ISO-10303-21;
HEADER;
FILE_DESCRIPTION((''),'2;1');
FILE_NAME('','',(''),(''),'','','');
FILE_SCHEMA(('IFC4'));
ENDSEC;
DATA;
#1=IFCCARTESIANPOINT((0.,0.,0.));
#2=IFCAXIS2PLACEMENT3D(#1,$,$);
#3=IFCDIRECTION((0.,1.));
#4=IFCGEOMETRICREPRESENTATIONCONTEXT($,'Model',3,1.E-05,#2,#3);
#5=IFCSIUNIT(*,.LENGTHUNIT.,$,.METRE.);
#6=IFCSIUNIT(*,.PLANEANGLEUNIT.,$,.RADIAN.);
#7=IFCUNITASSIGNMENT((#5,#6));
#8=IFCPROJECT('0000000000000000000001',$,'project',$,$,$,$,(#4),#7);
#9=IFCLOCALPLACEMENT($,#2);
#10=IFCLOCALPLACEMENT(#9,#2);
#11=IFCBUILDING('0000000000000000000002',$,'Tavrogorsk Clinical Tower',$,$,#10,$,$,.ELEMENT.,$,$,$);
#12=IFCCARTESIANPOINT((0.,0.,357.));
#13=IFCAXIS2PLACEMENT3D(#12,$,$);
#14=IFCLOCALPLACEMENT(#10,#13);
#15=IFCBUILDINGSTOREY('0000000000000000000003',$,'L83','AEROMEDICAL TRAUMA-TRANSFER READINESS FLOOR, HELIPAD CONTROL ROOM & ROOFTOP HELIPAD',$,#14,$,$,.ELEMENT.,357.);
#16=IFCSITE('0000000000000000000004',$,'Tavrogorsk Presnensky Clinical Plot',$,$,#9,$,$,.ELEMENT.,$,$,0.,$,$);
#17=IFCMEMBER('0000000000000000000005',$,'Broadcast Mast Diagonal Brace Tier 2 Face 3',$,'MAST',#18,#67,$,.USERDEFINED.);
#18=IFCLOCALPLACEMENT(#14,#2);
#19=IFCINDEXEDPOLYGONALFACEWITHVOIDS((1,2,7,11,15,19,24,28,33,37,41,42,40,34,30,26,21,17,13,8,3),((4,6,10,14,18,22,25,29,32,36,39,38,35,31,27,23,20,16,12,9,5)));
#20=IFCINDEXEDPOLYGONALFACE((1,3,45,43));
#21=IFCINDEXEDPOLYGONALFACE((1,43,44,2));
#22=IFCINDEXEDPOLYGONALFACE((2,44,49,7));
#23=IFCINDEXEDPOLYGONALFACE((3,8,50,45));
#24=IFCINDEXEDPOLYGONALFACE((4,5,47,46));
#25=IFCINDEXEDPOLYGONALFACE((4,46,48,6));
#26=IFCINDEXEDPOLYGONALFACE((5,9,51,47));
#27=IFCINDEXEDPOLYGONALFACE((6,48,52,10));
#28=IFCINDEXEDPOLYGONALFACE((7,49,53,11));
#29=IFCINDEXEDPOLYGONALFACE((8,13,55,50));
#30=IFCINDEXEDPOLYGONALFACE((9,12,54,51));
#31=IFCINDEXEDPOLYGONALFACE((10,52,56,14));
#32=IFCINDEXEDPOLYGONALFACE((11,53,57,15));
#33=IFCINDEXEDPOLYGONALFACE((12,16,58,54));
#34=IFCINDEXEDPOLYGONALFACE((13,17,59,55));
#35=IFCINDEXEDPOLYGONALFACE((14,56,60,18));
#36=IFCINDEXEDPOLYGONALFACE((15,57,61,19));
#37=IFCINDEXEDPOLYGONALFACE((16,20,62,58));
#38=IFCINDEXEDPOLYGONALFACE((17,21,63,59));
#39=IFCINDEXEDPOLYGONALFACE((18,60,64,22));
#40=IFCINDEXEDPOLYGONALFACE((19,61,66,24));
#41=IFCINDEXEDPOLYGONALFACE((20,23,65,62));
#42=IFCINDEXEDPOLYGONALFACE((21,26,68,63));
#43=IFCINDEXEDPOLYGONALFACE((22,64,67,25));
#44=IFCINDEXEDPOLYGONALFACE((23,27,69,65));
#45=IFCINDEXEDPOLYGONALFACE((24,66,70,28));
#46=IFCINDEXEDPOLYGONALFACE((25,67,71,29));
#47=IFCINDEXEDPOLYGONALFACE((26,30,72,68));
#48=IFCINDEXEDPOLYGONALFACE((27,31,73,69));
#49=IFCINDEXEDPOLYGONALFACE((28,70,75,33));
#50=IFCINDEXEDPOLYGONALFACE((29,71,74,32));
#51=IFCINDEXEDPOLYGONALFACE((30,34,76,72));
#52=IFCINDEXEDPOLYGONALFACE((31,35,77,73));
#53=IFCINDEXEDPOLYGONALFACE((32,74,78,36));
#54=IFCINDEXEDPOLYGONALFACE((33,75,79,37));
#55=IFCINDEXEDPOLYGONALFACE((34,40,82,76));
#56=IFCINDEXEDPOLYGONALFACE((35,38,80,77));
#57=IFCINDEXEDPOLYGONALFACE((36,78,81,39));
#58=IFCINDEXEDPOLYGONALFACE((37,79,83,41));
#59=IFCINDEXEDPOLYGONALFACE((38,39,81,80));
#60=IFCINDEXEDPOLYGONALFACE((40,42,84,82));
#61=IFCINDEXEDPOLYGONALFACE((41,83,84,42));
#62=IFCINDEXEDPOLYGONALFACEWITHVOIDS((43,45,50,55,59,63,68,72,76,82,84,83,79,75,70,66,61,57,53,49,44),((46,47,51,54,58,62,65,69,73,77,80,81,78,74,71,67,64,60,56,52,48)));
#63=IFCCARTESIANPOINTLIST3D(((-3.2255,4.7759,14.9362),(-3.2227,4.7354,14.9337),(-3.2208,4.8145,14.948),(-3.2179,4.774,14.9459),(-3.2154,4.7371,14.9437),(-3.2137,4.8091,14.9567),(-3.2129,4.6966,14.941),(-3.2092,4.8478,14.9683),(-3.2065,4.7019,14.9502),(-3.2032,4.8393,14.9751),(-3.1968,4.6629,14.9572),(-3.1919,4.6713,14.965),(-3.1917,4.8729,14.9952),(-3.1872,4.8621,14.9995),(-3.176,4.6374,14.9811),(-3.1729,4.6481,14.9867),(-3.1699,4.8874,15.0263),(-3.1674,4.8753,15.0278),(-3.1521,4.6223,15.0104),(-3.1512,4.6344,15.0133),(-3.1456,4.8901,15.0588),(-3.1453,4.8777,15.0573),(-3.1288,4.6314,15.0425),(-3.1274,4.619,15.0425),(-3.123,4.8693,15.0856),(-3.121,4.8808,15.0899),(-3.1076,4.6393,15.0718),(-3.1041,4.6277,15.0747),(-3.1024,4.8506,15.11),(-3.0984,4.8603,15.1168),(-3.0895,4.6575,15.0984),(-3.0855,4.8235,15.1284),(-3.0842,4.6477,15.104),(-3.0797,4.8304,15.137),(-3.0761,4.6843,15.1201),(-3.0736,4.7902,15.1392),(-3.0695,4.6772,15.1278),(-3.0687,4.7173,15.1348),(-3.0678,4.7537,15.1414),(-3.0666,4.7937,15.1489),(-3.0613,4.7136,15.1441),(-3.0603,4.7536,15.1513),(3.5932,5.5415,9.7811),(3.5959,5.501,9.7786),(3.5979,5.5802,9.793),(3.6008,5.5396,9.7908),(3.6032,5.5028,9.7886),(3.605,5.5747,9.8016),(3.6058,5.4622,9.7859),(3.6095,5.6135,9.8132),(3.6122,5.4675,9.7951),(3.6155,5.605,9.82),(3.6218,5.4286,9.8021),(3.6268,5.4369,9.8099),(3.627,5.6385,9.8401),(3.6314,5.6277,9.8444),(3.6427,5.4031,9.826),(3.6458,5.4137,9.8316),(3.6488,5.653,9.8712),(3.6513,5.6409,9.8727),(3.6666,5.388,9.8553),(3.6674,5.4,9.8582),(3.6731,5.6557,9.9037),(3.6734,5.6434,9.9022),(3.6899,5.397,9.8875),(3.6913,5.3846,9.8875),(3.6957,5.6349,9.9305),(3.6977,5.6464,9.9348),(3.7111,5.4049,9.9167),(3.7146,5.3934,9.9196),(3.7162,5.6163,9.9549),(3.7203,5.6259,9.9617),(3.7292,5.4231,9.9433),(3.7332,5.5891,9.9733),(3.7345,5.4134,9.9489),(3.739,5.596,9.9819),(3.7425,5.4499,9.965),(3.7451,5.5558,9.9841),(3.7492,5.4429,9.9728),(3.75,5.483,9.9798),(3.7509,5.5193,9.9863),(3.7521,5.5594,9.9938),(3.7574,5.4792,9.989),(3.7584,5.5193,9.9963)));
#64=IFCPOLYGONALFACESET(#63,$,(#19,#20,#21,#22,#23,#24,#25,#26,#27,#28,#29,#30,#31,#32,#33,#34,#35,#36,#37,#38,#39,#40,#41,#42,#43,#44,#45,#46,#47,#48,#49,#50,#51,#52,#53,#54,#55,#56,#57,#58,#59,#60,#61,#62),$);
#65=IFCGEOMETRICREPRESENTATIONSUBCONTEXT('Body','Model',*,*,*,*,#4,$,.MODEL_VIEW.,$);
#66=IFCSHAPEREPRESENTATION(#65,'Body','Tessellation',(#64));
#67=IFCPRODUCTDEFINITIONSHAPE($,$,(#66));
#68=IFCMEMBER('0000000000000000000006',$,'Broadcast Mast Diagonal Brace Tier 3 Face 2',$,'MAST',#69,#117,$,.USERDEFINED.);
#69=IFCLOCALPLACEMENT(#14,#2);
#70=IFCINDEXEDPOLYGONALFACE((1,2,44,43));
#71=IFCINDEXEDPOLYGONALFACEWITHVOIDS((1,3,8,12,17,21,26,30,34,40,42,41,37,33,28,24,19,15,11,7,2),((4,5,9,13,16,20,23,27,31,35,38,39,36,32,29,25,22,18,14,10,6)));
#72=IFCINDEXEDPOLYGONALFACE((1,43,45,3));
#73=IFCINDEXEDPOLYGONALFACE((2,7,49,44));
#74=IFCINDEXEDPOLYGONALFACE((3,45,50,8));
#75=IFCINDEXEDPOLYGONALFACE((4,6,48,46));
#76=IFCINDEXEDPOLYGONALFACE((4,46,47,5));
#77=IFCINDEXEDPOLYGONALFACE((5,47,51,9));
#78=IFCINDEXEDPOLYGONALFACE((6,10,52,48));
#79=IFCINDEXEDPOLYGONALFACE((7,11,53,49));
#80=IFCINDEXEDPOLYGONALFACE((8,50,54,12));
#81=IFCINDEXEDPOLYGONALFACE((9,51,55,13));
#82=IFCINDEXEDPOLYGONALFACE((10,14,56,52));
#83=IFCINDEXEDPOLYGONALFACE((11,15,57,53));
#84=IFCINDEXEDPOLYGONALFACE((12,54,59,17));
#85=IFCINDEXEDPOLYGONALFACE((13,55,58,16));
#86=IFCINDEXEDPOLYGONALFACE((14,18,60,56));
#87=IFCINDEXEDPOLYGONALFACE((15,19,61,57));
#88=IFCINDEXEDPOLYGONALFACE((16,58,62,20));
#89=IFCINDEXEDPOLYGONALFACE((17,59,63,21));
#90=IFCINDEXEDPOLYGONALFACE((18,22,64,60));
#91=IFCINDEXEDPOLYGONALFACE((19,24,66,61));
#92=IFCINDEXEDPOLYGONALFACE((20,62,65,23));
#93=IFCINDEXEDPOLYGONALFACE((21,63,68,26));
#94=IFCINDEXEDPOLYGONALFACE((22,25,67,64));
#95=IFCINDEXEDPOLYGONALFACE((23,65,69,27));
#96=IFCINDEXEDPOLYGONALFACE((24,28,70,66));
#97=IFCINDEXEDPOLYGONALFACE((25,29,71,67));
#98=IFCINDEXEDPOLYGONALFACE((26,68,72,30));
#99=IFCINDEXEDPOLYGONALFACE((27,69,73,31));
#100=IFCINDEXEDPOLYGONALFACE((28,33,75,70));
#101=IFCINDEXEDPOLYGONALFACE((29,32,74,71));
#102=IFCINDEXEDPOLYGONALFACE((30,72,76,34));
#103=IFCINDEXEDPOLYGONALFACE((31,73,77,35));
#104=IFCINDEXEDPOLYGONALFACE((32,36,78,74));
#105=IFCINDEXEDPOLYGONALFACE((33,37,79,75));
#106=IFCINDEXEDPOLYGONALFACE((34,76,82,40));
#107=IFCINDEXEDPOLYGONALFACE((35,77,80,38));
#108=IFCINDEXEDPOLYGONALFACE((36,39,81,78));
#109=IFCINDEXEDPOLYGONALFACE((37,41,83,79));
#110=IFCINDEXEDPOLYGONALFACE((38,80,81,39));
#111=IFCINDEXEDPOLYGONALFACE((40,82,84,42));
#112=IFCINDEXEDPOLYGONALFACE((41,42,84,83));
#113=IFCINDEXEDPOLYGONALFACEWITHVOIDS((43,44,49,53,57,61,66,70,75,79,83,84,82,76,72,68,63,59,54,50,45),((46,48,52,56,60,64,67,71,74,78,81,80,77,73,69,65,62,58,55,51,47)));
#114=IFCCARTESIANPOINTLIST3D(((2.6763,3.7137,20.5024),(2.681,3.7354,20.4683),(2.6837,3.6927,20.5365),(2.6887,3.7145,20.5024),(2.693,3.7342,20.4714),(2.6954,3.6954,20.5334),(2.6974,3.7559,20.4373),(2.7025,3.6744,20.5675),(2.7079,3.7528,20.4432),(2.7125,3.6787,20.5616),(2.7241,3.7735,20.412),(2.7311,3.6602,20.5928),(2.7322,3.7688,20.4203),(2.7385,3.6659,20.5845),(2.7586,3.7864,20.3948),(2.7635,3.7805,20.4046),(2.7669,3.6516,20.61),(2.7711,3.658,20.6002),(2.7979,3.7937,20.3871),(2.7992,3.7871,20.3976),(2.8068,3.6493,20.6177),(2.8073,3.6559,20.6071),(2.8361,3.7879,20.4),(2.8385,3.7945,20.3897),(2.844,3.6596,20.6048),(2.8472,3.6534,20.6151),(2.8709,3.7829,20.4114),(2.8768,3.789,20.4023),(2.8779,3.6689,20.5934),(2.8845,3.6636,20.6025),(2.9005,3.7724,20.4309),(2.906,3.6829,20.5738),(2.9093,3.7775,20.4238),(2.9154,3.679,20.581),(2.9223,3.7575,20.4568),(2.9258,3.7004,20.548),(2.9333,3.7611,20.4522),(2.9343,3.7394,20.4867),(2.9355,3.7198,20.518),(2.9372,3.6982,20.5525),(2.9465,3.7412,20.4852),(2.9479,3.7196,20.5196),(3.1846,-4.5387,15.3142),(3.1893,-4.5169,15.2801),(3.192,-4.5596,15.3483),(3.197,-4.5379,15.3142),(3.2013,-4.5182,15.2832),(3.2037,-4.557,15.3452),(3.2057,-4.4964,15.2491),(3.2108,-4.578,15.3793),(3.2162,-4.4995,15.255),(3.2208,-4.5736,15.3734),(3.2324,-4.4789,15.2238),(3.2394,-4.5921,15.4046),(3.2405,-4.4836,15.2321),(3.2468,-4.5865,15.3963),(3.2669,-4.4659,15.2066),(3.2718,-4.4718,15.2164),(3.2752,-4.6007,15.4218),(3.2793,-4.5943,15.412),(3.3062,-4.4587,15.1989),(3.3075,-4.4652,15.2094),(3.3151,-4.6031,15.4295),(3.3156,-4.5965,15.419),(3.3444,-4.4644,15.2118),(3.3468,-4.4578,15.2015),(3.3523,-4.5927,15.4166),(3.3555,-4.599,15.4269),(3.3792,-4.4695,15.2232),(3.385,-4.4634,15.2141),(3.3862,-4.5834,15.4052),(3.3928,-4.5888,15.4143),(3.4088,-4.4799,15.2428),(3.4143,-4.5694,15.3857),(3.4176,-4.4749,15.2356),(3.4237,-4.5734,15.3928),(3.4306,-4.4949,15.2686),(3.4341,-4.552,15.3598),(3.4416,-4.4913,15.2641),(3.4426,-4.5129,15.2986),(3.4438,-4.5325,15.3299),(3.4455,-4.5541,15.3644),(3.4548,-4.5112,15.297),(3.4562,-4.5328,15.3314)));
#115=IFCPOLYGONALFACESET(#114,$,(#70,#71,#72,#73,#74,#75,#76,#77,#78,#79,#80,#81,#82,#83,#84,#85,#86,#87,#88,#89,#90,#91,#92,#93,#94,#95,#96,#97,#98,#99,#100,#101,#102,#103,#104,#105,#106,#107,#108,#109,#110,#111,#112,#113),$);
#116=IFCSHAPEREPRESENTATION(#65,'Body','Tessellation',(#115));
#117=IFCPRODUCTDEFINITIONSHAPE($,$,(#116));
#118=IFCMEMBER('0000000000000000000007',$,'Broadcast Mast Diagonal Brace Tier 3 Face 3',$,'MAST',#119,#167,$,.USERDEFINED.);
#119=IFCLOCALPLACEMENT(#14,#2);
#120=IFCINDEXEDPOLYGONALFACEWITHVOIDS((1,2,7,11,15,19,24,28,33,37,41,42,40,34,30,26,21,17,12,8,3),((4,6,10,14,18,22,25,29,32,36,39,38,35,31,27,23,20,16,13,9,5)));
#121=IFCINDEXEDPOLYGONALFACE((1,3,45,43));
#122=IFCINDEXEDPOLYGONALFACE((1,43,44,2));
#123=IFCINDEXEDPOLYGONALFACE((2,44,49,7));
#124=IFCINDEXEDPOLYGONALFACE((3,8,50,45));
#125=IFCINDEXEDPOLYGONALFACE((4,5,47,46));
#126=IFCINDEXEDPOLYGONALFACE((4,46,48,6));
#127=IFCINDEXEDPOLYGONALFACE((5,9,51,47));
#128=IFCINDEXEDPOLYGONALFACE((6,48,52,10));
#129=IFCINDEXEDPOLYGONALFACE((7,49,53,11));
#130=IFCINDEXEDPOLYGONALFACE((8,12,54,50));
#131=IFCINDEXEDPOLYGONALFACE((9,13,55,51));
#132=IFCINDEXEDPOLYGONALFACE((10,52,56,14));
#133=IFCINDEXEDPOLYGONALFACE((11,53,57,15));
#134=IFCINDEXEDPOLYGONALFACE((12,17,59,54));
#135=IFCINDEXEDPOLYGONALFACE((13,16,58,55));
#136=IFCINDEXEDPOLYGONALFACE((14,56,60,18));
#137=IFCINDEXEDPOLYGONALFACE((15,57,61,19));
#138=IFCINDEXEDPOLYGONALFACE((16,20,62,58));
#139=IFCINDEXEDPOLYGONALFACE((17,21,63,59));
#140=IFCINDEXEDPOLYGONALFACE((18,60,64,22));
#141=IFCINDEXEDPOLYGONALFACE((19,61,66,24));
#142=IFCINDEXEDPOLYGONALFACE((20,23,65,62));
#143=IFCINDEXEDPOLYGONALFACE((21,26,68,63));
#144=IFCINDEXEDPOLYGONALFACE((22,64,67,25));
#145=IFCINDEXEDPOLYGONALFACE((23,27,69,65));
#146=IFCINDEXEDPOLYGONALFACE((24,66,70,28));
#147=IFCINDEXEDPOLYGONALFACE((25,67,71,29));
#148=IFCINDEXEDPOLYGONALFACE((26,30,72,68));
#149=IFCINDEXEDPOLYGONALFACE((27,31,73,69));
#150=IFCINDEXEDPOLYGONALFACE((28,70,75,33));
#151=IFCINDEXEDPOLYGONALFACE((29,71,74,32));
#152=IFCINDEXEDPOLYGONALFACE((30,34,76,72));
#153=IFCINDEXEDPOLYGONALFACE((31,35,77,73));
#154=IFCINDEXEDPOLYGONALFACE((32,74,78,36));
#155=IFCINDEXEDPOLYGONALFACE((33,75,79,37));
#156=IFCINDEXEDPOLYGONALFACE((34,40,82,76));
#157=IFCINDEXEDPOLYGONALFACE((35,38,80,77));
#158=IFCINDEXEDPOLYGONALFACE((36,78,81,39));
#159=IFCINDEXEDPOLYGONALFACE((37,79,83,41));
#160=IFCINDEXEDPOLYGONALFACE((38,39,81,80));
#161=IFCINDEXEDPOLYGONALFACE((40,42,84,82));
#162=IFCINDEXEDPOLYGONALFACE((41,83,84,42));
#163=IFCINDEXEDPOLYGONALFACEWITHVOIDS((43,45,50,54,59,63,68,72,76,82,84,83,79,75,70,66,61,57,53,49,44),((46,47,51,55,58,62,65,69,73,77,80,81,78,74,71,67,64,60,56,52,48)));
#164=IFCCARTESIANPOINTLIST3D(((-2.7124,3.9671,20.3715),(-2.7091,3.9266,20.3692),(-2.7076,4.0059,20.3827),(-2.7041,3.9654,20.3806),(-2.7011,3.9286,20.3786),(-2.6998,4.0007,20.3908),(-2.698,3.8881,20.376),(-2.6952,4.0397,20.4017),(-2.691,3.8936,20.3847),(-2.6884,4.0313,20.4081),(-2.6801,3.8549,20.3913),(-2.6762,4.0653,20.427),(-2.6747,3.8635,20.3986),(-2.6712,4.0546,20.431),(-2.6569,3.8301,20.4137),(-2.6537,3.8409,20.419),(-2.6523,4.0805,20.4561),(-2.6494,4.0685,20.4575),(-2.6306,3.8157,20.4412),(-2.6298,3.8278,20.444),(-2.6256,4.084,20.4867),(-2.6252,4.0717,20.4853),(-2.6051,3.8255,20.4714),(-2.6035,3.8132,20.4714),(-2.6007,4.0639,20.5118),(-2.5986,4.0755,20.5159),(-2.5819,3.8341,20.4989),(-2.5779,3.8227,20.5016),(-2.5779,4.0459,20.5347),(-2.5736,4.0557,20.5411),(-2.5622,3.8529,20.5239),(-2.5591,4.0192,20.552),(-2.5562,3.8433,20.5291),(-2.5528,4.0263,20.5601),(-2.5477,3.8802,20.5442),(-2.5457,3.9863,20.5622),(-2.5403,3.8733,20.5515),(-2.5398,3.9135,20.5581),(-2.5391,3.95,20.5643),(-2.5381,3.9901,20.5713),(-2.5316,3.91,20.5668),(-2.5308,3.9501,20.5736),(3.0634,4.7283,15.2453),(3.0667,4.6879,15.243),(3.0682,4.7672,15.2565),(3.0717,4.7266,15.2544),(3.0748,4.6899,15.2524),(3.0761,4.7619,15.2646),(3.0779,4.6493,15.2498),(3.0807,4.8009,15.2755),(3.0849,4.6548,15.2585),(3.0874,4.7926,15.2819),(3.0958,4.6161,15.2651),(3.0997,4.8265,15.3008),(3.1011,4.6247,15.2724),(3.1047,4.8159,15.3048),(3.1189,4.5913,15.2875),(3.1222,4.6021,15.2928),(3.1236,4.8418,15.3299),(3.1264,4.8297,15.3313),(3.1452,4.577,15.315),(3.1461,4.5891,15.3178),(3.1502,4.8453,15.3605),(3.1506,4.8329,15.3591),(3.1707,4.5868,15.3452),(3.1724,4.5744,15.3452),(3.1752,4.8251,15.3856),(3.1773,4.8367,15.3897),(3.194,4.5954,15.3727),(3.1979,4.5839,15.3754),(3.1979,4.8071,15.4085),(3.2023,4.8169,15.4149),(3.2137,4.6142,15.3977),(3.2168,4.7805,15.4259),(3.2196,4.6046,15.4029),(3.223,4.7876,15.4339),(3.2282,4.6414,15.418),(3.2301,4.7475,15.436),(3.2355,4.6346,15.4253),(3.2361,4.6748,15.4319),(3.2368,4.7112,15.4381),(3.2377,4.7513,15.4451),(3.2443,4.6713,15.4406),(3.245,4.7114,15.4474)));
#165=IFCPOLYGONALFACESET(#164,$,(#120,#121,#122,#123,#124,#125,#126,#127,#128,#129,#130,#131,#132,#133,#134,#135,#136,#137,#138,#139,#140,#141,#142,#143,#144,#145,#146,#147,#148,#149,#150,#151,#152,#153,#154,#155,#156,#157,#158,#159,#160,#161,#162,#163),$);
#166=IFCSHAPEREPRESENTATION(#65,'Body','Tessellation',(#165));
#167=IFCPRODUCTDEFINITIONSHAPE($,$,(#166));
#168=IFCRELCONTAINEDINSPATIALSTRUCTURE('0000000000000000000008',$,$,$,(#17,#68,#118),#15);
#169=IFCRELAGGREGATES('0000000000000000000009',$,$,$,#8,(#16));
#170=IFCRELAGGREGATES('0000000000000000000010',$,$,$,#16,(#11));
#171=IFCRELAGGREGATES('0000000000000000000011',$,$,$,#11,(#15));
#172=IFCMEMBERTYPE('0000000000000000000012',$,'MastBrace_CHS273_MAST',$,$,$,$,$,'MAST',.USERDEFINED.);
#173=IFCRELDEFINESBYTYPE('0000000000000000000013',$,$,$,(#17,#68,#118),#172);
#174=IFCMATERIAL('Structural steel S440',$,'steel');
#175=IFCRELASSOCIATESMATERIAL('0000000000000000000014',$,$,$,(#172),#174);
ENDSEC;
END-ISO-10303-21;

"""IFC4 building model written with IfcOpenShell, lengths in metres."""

from ifc_helpers import new_model, si_unit, direction, frame, origin, origin_2d, place, context, subcontext, project, spatial, hollow_circle, extrude, material, material_profile, profile_set, type_object, element, save


model = new_model("IFC4")

# Units and contexts
model_context = context("Model", 3, precision=1e-05, world=origin(), true_north=direction((0.0, 1.0)))
body_context = subcontext(model_context, "Body", "Model", "MODEL_VIEW")
ifc_project = project(units=[si_unit("LENGTHUNIT", "METRE"), si_unit("PLANEANGLEUNIT", "RADIAN")], contexts=[model_context])

# Site, building, storey
site_placement = place(None, origin())
site = spatial("IfcSite", under=ifc_project, at=site_placement, Name="Tavrogorsk Presnensky Clinical Plot", CompositionType="ELEMENT", RefElevation=0.0)
building_placement = place(site_placement, origin())
building = spatial("IfcBuilding", under=site, at=building_placement, Name="Tavrogorsk Clinical Tower", CompositionType="ELEMENT")
storey_placement = place(building_placement, frame((0.0, 0.0, 357.0)))
storey = spatial("IfcBuildingStorey", under=building, at=storey_placement, Name="L83", Description="AEROMEDICAL TRAUMA-TRANSFER READINESS FLOOR, HELIPAD CONTROL ROOM & ROOFTOP HELIPAD", CompositionType="ELEMENT", Elevation=357.0)

# Members
ifc_material_1 = material(Name="Structural steel S440", Category="steel")
ifc_material_profile_1 = material_profile(ifc_material_1, hollow_circle(Radius=0.1365, WallThickness=0.0125, at=origin_2d()), Name="CHS-273x12.5")
ifc_profile_set_1 = profile_set([ifc_material_profile_1], Name="Structural steel S440")
member_type_1 = type_object("IfcMemberType", Name="MastBrace_CHS273_MAST", ElementType="MAST", PredefinedType="USERDEFINED", material=ifc_profile_set_1)
member_1_placement = place(storey_placement, frame((3.676, 5.5203, 9.8875), z_axis=(-0.794507, -0.089211, 0.600666), x_axis=(0.111584, -0.993755, 0.0)))
element("IfcMember", 1, at=member_1_placement, inside=storey, type_object=member_type_1, Name="Broadcast Mast Diagonal Brace Tier 2 Face 3", ObjectType="MAST", PredefinedType="USERDEFINED", context=body_context, shape_type="SweptSolid", body=[
    extrude(hollow_circle(Radius=0.1365, WallThickness=0.0125, at=origin_2d()), origin(), (0.0, 0.0, 1.0), 8.5823),
])
member_2_placement = place(storey_placement, frame((3.3208, -4.5303, 15.3142), z_axis=(-0.052074, 0.845442, 0.531522), x_axis=(-0.998108, -0.061477, 0.0)))
element("IfcMember", 2, at=member_2_placement, inside=storey, type_object=member_type_1, Name="Broadcast Mast Diagonal Brace Tier 3 Face 2", ObjectType="MAST", PredefinedType="USERDEFINED", context=body_context, shape_type="SweptSolid", body=[
    extrude(hollow_circle(Radius=0.1365, WallThickness=0.0125, at=origin_2d()), origin(), (0.0, 0.0, 1.0), 9.761),
])
member_3_placement = place(storey_placement, frame((3.1545, 4.7097, 15.3452), z_axis=(-0.744309, -0.098096, 0.660591), x_axis=(0.130665, -0.991427, 0.0)))
element("IfcMember", 3, at=member_3_placement, inside=storey, type_object=member_type_1, Name="Broadcast Mast Diagonal Brace Tier 3 Face 3", ObjectType="MAST", PredefinedType="USERDEFINED", context=body_context, shape_type="SweptSolid", body=[
    extrude(hollow_circle(Radius=0.1365, WallThickness=0.0125, at=origin_2d()), origin(), (0.0, 0.0, 1.0), 7.76),
])

save(model, "model.ifc")
